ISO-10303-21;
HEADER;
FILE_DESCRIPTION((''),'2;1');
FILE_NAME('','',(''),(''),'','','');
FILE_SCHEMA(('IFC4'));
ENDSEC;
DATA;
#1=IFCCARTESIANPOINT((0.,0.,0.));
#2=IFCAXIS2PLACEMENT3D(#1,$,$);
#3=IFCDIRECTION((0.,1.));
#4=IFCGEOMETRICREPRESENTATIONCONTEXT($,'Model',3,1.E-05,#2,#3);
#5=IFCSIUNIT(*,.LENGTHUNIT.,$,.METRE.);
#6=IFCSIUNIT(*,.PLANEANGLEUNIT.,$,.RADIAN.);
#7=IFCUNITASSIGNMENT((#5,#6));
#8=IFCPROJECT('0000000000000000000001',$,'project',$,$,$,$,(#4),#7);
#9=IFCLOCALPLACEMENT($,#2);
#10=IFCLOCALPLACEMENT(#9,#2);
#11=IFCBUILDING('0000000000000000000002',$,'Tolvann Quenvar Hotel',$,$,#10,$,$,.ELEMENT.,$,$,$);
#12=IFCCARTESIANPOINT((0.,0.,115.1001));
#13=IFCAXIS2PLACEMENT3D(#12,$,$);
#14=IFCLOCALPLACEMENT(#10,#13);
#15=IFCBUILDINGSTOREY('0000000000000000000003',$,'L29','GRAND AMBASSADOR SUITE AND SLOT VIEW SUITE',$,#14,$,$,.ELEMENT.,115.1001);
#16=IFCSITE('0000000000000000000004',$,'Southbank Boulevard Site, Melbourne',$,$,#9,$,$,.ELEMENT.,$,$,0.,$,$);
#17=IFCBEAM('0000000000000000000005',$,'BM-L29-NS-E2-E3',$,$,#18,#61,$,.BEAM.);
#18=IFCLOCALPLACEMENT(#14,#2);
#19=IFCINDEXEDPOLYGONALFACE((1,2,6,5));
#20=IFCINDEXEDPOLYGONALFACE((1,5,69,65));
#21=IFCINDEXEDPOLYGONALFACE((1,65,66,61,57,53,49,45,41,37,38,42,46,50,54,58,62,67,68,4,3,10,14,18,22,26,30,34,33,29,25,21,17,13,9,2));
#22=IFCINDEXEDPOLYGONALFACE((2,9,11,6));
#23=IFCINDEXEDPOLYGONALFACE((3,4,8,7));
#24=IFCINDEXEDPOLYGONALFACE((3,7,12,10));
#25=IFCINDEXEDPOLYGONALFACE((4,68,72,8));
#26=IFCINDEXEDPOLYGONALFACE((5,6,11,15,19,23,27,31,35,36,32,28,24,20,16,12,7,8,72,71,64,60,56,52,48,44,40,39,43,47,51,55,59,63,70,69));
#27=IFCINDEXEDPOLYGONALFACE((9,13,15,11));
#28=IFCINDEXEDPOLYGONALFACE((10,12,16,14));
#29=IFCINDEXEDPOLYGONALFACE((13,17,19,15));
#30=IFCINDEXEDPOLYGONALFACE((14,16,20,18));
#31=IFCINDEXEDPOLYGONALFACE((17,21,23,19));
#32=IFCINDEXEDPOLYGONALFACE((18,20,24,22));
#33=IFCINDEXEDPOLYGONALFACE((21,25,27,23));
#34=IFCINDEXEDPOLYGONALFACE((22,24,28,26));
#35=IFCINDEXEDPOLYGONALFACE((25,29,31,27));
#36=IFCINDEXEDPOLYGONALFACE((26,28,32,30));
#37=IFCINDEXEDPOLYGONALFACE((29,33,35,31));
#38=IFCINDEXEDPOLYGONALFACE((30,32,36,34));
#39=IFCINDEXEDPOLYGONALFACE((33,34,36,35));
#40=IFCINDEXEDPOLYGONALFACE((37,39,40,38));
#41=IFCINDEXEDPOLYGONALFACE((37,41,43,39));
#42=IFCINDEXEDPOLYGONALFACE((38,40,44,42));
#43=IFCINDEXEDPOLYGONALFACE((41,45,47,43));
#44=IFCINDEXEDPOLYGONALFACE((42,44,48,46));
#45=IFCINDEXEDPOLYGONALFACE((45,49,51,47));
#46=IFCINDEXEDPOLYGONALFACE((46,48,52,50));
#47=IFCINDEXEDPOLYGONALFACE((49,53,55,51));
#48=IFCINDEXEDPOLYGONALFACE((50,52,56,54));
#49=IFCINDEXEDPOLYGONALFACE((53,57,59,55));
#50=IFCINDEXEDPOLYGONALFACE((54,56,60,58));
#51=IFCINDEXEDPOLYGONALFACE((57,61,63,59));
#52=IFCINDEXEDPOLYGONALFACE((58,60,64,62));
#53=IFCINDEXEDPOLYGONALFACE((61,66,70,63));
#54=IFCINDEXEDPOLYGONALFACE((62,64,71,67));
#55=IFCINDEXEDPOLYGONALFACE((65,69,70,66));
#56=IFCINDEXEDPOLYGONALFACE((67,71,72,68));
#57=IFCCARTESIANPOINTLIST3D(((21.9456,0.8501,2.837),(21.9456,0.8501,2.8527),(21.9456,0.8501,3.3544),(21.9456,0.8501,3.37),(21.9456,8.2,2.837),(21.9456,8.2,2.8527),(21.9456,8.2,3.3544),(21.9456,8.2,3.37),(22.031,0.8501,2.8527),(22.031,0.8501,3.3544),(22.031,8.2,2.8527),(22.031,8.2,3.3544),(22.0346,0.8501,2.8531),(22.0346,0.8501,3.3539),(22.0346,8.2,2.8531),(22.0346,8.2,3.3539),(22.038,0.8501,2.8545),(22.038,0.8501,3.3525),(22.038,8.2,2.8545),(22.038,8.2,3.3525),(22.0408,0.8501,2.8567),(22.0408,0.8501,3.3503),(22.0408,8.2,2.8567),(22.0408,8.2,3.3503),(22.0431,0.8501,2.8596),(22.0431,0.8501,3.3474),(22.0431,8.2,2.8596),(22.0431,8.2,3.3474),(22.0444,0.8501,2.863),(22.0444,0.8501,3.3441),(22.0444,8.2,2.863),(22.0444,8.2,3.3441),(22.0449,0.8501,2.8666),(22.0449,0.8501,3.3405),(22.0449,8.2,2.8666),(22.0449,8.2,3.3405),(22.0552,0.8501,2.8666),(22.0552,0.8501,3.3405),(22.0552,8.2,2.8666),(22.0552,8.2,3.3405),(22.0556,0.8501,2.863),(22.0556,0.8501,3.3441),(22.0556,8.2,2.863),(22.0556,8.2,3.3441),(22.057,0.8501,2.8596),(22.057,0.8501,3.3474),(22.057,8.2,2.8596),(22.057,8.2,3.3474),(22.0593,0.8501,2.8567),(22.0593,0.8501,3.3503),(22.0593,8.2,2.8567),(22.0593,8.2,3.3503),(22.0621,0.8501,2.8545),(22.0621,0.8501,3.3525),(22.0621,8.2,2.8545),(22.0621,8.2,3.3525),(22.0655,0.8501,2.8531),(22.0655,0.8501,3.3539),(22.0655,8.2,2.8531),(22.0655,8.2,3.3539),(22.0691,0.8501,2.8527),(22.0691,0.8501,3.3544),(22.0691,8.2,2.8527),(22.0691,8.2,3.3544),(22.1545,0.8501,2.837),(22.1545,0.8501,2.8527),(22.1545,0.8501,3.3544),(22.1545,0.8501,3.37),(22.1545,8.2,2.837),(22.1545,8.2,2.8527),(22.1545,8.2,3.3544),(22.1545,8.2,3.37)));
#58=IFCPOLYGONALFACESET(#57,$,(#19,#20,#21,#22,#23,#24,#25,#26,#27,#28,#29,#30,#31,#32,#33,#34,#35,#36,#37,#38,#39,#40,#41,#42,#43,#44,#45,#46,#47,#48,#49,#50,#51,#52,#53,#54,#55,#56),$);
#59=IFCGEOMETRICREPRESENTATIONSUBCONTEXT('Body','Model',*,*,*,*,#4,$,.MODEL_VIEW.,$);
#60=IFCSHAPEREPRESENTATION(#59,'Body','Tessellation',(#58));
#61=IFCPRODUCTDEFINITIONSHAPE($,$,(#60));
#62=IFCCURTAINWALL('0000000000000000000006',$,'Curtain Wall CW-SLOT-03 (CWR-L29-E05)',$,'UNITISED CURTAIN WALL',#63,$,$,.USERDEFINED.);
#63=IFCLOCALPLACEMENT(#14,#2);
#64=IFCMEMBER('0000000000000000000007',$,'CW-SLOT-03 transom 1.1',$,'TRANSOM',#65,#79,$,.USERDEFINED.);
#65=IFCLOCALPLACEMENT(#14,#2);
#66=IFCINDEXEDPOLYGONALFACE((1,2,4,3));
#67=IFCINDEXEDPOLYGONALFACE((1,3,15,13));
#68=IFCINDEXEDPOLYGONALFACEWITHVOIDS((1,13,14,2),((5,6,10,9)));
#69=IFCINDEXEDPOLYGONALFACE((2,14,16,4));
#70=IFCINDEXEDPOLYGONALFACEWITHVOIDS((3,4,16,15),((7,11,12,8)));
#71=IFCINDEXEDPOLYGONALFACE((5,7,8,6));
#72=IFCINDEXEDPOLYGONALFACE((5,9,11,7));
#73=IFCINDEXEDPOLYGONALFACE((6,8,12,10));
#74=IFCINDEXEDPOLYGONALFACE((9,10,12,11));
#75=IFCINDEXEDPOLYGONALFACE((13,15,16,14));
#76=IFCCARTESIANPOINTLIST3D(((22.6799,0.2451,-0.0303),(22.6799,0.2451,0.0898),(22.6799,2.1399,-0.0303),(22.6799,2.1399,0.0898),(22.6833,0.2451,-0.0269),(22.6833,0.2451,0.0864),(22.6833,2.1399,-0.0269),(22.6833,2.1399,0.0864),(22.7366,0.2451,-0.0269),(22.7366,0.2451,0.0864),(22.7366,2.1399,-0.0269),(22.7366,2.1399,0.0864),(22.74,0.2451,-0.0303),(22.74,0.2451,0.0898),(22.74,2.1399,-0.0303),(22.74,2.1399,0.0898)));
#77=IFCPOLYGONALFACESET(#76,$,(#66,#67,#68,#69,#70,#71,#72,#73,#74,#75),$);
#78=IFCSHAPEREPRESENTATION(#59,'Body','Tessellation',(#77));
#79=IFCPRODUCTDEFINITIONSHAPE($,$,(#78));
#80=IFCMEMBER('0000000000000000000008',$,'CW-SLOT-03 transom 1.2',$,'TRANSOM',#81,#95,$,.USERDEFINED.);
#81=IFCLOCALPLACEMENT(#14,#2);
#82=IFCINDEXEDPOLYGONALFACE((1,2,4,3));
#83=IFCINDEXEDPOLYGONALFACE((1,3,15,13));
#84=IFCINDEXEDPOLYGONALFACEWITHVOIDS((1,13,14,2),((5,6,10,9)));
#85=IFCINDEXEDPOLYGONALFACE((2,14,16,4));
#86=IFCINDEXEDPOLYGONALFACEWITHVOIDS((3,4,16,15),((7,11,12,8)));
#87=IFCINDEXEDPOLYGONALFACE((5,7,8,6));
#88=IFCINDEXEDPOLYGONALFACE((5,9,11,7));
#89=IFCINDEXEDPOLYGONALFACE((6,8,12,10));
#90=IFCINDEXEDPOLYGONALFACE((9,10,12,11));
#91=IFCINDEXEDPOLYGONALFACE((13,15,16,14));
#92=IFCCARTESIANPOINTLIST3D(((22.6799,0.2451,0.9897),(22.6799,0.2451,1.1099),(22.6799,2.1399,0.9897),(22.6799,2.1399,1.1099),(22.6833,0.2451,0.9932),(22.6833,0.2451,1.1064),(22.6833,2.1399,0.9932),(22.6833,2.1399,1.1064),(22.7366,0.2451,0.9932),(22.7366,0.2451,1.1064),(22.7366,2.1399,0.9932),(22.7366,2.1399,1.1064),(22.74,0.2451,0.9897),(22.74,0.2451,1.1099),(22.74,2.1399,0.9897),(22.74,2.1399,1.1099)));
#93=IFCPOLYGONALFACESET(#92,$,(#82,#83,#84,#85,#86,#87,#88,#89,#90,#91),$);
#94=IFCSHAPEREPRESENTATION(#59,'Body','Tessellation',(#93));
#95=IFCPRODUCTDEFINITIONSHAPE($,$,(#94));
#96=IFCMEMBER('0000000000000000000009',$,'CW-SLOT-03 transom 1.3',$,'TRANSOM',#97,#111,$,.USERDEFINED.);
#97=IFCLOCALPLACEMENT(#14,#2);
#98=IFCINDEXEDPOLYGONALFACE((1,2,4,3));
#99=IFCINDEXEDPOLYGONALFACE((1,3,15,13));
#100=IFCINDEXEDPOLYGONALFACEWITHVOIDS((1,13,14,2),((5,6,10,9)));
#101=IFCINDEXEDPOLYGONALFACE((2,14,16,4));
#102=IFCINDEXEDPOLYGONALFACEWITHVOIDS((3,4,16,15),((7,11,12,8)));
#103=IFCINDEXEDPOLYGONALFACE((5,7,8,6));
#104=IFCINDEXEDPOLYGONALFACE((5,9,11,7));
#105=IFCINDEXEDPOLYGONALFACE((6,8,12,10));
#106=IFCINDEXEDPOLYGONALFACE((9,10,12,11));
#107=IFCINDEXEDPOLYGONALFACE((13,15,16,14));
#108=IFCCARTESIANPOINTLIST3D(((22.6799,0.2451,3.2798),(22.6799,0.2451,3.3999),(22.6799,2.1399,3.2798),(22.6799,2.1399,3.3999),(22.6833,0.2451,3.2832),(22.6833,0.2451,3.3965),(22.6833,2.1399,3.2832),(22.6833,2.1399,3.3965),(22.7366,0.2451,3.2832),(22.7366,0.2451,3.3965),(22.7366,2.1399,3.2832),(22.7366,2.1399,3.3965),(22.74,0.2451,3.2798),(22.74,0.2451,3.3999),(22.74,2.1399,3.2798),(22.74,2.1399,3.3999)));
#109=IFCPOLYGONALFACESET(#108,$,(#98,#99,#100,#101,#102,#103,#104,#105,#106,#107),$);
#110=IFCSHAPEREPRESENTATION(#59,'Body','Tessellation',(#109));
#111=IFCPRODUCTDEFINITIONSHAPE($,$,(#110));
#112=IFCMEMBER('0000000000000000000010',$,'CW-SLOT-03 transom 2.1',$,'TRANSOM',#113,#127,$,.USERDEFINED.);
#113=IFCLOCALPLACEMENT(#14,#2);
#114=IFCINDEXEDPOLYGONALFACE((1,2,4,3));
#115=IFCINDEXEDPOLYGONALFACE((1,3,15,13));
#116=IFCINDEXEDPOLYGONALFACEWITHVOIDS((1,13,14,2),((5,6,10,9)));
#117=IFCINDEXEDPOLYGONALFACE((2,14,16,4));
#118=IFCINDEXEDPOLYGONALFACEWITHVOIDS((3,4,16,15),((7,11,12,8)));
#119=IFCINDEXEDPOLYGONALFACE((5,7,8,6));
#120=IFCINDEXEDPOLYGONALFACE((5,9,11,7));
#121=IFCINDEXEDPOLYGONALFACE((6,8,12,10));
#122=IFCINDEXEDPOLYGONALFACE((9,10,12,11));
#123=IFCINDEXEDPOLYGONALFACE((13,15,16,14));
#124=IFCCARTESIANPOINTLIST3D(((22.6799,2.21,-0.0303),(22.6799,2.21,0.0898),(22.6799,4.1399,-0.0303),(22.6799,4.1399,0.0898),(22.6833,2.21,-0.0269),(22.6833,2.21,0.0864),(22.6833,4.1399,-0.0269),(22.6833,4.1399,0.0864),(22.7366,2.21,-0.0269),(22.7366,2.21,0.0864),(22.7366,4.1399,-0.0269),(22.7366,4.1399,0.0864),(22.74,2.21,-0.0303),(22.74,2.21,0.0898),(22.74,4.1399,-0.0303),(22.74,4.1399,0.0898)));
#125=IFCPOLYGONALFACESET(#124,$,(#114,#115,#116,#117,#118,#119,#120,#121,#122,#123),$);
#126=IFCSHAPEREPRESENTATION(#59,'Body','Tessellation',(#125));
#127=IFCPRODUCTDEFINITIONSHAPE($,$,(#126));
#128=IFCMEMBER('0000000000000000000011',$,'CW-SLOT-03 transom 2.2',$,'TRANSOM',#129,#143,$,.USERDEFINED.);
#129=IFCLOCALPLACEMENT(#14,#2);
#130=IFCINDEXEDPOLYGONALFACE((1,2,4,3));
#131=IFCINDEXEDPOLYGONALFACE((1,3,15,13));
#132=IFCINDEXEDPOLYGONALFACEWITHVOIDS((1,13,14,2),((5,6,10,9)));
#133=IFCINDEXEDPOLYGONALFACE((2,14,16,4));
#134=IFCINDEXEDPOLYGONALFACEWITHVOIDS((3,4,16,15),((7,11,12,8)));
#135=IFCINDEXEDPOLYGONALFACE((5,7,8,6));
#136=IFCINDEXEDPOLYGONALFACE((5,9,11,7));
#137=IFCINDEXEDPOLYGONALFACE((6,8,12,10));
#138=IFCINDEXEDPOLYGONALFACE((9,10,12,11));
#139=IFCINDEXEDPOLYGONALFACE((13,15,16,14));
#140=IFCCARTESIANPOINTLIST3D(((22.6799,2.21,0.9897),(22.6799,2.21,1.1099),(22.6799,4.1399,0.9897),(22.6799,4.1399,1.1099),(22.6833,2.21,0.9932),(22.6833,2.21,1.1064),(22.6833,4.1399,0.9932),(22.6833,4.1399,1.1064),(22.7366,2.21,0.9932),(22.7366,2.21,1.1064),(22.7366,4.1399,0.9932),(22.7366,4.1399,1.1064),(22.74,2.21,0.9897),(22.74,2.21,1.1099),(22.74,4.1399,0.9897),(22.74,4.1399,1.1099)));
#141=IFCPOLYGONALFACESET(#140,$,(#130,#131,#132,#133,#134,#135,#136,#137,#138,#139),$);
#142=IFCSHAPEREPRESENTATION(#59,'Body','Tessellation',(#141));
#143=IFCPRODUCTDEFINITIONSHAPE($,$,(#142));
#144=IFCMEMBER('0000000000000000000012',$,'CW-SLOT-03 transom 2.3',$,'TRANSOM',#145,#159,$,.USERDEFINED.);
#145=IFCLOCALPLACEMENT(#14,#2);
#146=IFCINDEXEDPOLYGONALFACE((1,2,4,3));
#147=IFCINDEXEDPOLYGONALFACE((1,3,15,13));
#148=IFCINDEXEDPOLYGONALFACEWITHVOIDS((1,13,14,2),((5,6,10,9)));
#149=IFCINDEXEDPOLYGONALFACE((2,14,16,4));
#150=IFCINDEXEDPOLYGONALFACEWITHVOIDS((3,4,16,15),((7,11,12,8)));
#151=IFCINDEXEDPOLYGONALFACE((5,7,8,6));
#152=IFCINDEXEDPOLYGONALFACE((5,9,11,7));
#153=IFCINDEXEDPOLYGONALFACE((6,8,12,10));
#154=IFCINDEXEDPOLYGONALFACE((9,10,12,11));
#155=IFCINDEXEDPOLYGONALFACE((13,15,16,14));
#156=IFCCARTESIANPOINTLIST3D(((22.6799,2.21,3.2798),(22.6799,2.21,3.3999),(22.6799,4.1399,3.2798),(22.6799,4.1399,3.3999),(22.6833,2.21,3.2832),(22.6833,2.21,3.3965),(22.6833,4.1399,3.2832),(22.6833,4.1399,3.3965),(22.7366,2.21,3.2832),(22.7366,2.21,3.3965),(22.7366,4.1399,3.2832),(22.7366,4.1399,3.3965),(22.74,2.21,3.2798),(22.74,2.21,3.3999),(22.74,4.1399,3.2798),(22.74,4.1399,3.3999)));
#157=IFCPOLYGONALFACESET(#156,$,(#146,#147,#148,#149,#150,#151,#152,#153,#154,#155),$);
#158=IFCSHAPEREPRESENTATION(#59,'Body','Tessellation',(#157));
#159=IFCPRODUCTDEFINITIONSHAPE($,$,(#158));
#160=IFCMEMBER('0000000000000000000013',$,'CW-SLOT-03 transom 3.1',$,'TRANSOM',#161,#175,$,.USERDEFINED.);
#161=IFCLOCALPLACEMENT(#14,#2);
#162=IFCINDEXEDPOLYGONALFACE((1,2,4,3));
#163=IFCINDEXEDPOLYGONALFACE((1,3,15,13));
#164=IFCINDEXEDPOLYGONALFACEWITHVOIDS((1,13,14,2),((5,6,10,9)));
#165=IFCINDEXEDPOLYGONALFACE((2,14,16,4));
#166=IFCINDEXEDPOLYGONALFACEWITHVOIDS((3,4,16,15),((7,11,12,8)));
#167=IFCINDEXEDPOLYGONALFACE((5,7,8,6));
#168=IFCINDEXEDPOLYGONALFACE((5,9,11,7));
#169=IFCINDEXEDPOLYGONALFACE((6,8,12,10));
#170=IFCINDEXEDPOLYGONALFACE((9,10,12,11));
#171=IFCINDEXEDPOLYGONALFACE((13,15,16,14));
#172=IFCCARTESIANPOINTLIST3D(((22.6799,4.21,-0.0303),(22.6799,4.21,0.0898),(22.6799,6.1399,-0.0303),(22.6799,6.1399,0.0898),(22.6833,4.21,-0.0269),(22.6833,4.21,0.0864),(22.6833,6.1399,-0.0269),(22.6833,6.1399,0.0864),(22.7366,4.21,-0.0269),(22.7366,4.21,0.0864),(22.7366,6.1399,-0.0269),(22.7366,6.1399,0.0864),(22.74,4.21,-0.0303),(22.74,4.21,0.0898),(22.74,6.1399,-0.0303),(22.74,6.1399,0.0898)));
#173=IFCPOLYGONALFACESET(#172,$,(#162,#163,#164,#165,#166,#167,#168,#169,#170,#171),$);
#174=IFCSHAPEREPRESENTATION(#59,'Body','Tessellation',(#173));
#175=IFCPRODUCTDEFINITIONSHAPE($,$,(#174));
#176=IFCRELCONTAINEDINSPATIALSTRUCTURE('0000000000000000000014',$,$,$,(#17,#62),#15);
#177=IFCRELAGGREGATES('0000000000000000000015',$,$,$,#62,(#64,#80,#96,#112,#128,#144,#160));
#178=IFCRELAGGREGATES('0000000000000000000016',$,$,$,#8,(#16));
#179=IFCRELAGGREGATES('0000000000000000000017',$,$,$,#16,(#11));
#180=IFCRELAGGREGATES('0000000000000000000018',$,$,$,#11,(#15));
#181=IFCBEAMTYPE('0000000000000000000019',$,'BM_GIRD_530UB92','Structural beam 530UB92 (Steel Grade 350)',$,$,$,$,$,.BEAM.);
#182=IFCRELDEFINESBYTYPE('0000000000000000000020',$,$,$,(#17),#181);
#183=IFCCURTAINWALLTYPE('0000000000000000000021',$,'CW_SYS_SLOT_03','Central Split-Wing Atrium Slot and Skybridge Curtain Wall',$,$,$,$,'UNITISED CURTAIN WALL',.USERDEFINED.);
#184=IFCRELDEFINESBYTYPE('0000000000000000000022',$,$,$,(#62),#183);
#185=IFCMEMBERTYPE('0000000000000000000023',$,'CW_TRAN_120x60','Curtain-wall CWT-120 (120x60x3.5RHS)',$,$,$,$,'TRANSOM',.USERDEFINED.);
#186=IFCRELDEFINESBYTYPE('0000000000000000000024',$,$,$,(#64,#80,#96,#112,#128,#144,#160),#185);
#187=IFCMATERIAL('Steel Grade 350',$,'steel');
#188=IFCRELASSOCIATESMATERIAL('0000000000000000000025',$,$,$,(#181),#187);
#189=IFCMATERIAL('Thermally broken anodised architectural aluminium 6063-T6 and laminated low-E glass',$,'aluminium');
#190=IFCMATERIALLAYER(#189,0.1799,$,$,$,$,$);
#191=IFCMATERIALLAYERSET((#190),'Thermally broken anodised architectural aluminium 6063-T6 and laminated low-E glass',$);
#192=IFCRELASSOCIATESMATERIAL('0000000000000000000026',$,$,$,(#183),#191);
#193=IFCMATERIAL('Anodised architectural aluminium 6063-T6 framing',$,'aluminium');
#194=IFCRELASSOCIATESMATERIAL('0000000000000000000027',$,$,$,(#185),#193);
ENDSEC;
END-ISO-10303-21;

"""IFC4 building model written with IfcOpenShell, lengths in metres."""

from ifc_helpers import new_model, si_unit, direction, frame, origin, origin_2d, place, context, subcontext, project, spatial, hollow_rectangle, i_section, extrude, source, transform, mapped, material, layer, layer_set, material_profile, profile_set, type_object, type_shapes, element, aggregate, save


model = new_model("IFC4")

# Units and contexts
model_context = context("Model", 3, precision=1e-05, world=origin(), true_north=direction((0.0, 1.0)))
body_context = subcontext(model_context, "Body", "Model", "MODEL_VIEW")
ifc_project = project(units=[si_unit("LENGTHUNIT", "METRE"), si_unit("PLANEANGLEUNIT", "RADIAN")], contexts=[model_context])

# Site, building, storey
site_placement = place(None, origin())
site = spatial("IfcSite", under=ifc_project, at=site_placement, Name="Southbank Boulevard Site, Melbourne", CompositionType="ELEMENT", RefElevation=0.0)
building_placement = place(site_placement, origin())
building = spatial("IfcBuilding", under=site, at=building_placement, Name="Tolvann Quenvar Hotel", CompositionType="ELEMENT")
storey_placement = place(building_placement, frame((0.0, 0.0, 115.1001)))
storey = spatial("IfcBuildingStorey", under=building, at=storey_placement, Name="L29", Description="GRAND AMBASSADOR SUITE AND SLOT VIEW SUITE", CompositionType="ELEMENT", Elevation=115.1001)

# Beam
ifc_material_1 = material(Name="Steel Grade 350", Category="steel")
ifc_material_profile_1 = material_profile(ifc_material_1, i_section(OverallWidth=0.209, OverallDepth=0.533, WebThickness=0.0103, FlangeThickness=0.0156, FilletRadius=0.0139, at=origin_2d()), Name="530UB92")
ifc_profile_set_1 = profile_set([ifc_material_profile_1], Name="Steel Grade 350")
beam_type = type_object("IfcBeamType", Name="BM_GIRD_530UB92", Description="Structural beam 530UB92 (Steel Grade 350)", PredefinedType="BEAM", material=ifc_profile_set_1)
shared_shape_1 = source(origin(), body_context, "Body", "SweptSolid", [
    extrude(i_section(OverallWidth=0.209, OverallDepth=0.533, WebThickness=0.0103, FlangeThickness=0.0156, FilletRadius=0.0139, at=origin_2d()), origin(), (0.0, 0.0, 1.0), 7.3499),
])
type_shapes(beam_type, [shared_shape_1])
beam_placement = place(storey_placement, frame((22.05, 0.8501, 3.1035), z_axis=(0.0, 1.0, 0.0), x_axis=(-1.0, 0.0, 0.0)))
element("IfcBeam", 1, at=beam_placement, inside=storey, type_object=beam_type, Name="BM-L29-NS-E2-E3", PredefinedType="BEAM", context=body_context, shape_type="MappedRepresentation", body=[
    mapped(shared_shape_1, transform((0.0, 0.0, 0.0), x_axis=(1.0, 0.0, 0.0), y_axis=(0.0, 1.0, 0.0), z_axis=(0.0, 0.0, 1.0), scale=1.0)),
])

# Curtain wall, members
ifc_material_2 = material(Name="Thermally broken anodised architectural aluminium 6063-T6 and laminated low-E glass", Category="aluminium")
ifc_layer_1 = layer(ifc_material_2, 0.1799)
ifc_layer_set_1 = layer_set([ifc_layer_1], Name="Thermally broken anodised architectural aluminium 6063-T6 and laminated low-E glass")
curtain_wall_type = type_object("IfcCurtainWallType", Name="CW_SYS_SLOT_03", Description="Central Split-Wing Atrium Slot and Skybridge Curtain Wall", ElementType="UNITISED CURTAIN WALL", PredefinedType="USERDEFINED", material=ifc_layer_set_1)
curtain_wall_placement = place(storey_placement, origin())
curtain_wall = element("IfcCurtainWall", 2, at=curtain_wall_placement, inside=storey, type_object=curtain_wall_type, Name="Curtain Wall CW-SLOT-03 (CWR-L29-E05)", ObjectType="UNITISED CURTAIN WALL", PredefinedType="USERDEFINED")
ifc_material_3 = material(Name="Anodised architectural aluminium 6063-T6 framing", Category="aluminium")
ifc_material_profile_2 = material_profile(ifc_material_3, hollow_rectangle(XDim=0.0601, YDim=0.1201, WallThickness=0.0034, at=origin_2d()), Name="120x60x3.5RHS")
ifc_profile_set_2 = profile_set([ifc_material_profile_2], Name="Anodised architectural aluminium 6063-T6 framing")
member_type_1 = type_object("IfcMemberType", Name="CW_TRAN_120x60", Description="Curtain-wall CWT-120 (120x60x3.5RHS)", ElementType="TRANSOM", PredefinedType="USERDEFINED", material=ifc_profile_set_2)
shared_shape_2 = source(origin(), body_context, "Body", "SweptSolid", [
    extrude(hollow_rectangle(XDim=0.0601, YDim=0.1201, WallThickness=0.0034, at=origin_2d()), origin(), (0.0, 0.0, 1.0), 1.8948),
])
member_1_placement = place(storey_placement, frame((22.71, 0.2451, 0.0298), z_axis=(0.0, 1.0, 0.0), x_axis=(-1.0, 0.0, 0.0)))
member_1 = element("IfcMember", 3, at=member_1_placement, type_object=member_type_1, Name="CW-SLOT-03 transom 1.1", ObjectType="TRANSOM", PredefinedType="USERDEFINED", context=body_context, shape_type="MappedRepresentation", body=[
    mapped(shared_shape_2, transform((0.0, 0.0, 0.0), x_axis=(1.0, 0.0, 0.0), y_axis=(0.0, 1.0, 0.0), z_axis=(0.0, 0.0, 1.0), scale=1.0)),
])
member_2_placement = place(storey_placement, frame((22.71, 0.2451, 1.0498), z_axis=(0.0, 1.0, 0.0), x_axis=(-1.0, 0.0, 0.0)))
member_2 = element("IfcMember", 4, at=member_2_placement, type_object=member_type_1, Name="CW-SLOT-03 transom 1.2", ObjectType="TRANSOM", PredefinedType="USERDEFINED", context=body_context, shape_type="MappedRepresentation", body=[
    mapped(shared_shape_2, transform((0.0, 0.0, 0.0), x_axis=(1.0, 0.0, 0.0), y_axis=(0.0, 1.0, 0.0), z_axis=(0.0, 0.0, 1.0), scale=1.0)),
])
member_3_placement = place(storey_placement, frame((22.71, 0.2451, 3.3398), z_axis=(0.0, 1.0, 0.0), x_axis=(-1.0, 0.0, 0.0)))
member_3 = element("IfcMember", 5, at=member_3_placement, type_object=member_type_1, Name="CW-SLOT-03 transom 1.3", ObjectType="TRANSOM", PredefinedType="USERDEFINED", context=body_context, shape_type="MappedRepresentation", body=[
    mapped(shared_shape_2, transform((0.0, 0.0, 0.0), x_axis=(1.0, 0.0, 0.0), y_axis=(0.0, 1.0, 0.0), z_axis=(0.0, 0.0, 1.0), scale=1.0)),
])
shared_shape_3 = source(origin(), body_context, "Body", "SweptSolid", [
    extrude(hollow_rectangle(XDim=0.0601, YDim=0.1201, WallThickness=0.0034, at=origin_2d()), origin(), (0.0, 0.0, 1.0), 1.9299),
])
type_shapes(member_type_1, [shared_shape_2, shared_shape_3])
member_4_placement = place(storey_placement, frame((22.71, 2.21, 0.0298), z_axis=(0.0, 1.0, 0.0), x_axis=(-1.0, 0.0, 0.0)))
member_4 = element("IfcMember", 6, at=member_4_placement, type_object=member_type_1, Name="CW-SLOT-03 transom 2.1", ObjectType="TRANSOM", PredefinedType="USERDEFINED", context=body_context, shape_type="MappedRepresentation", body=[
    mapped(shared_shape_3, transform((0.0, 0.0, 0.0), x_axis=(1.0, 0.0, 0.0), y_axis=(0.0, 1.0, 0.0), z_axis=(0.0, 0.0, 1.0), scale=1.0)),
])
member_5_placement = place(storey_placement, frame((22.71, 2.21, 1.0498), z_axis=(0.0, 1.0, 0.0), x_axis=(-1.0, 0.0, 0.0)))
member_5 = element("IfcMember", 7, at=member_5_placement, type_object=member_type_1, Name="CW-SLOT-03 transom 2.2", ObjectType="TRANSOM", PredefinedType="USERDEFINED", context=body_context, shape_type="MappedRepresentation", body=[
    mapped(shared_shape_3, transform((0.0, 0.0, 0.0), x_axis=(1.0, 0.0, 0.0), y_axis=(0.0, 1.0, 0.0), z_axis=(0.0, 0.0, 1.0), scale=1.0)),
])
member_6_placement = place(storey_placement, frame((22.71, 2.21, 3.3398), z_axis=(0.0, 1.0, 0.0), x_axis=(-1.0, 0.0, 0.0)))
member_6 = element("IfcMember", 8, at=member_6_placement, type_object=member_type_1, Name="CW-SLOT-03 transom 2.3", ObjectType="TRANSOM", PredefinedType="USERDEFINED", context=body_context, shape_type="MappedRepresentation", body=[
    mapped(shared_shape_3, transform((0.0, 0.0, 0.0), x_axis=(1.0, 0.0, 0.0), y_axis=(0.0, 1.0, 0.0), z_axis=(0.0, 0.0, 1.0), scale=1.0)),
])
member_7_placement = place(storey_placement, frame((22.71, 4.21, 0.0298), z_axis=(0.0, 1.0, 0.0), x_axis=(-1.0, 0.0, 0.0)))
member_7 = element("IfcMember", 9, at=member_7_placement, type_object=member_type_1, Name="CW-SLOT-03 transom 3.1", ObjectType="TRANSOM", PredefinedType="USERDEFINED", context=body_context, shape_type="MappedRepresentation", body=[
    mapped(shared_shape_3, transform((0.0, 0.0, 0.0), x_axis=(1.0, 0.0, 0.0), y_axis=(0.0, 1.0, 0.0), z_axis=(0.0, 0.0, 1.0), scale=1.0)),
])
aggregate(curtain_wall, [member_1, member_2, member_3, member_4, member_5, member_6, member_7])

save(model, "model.ifc")
